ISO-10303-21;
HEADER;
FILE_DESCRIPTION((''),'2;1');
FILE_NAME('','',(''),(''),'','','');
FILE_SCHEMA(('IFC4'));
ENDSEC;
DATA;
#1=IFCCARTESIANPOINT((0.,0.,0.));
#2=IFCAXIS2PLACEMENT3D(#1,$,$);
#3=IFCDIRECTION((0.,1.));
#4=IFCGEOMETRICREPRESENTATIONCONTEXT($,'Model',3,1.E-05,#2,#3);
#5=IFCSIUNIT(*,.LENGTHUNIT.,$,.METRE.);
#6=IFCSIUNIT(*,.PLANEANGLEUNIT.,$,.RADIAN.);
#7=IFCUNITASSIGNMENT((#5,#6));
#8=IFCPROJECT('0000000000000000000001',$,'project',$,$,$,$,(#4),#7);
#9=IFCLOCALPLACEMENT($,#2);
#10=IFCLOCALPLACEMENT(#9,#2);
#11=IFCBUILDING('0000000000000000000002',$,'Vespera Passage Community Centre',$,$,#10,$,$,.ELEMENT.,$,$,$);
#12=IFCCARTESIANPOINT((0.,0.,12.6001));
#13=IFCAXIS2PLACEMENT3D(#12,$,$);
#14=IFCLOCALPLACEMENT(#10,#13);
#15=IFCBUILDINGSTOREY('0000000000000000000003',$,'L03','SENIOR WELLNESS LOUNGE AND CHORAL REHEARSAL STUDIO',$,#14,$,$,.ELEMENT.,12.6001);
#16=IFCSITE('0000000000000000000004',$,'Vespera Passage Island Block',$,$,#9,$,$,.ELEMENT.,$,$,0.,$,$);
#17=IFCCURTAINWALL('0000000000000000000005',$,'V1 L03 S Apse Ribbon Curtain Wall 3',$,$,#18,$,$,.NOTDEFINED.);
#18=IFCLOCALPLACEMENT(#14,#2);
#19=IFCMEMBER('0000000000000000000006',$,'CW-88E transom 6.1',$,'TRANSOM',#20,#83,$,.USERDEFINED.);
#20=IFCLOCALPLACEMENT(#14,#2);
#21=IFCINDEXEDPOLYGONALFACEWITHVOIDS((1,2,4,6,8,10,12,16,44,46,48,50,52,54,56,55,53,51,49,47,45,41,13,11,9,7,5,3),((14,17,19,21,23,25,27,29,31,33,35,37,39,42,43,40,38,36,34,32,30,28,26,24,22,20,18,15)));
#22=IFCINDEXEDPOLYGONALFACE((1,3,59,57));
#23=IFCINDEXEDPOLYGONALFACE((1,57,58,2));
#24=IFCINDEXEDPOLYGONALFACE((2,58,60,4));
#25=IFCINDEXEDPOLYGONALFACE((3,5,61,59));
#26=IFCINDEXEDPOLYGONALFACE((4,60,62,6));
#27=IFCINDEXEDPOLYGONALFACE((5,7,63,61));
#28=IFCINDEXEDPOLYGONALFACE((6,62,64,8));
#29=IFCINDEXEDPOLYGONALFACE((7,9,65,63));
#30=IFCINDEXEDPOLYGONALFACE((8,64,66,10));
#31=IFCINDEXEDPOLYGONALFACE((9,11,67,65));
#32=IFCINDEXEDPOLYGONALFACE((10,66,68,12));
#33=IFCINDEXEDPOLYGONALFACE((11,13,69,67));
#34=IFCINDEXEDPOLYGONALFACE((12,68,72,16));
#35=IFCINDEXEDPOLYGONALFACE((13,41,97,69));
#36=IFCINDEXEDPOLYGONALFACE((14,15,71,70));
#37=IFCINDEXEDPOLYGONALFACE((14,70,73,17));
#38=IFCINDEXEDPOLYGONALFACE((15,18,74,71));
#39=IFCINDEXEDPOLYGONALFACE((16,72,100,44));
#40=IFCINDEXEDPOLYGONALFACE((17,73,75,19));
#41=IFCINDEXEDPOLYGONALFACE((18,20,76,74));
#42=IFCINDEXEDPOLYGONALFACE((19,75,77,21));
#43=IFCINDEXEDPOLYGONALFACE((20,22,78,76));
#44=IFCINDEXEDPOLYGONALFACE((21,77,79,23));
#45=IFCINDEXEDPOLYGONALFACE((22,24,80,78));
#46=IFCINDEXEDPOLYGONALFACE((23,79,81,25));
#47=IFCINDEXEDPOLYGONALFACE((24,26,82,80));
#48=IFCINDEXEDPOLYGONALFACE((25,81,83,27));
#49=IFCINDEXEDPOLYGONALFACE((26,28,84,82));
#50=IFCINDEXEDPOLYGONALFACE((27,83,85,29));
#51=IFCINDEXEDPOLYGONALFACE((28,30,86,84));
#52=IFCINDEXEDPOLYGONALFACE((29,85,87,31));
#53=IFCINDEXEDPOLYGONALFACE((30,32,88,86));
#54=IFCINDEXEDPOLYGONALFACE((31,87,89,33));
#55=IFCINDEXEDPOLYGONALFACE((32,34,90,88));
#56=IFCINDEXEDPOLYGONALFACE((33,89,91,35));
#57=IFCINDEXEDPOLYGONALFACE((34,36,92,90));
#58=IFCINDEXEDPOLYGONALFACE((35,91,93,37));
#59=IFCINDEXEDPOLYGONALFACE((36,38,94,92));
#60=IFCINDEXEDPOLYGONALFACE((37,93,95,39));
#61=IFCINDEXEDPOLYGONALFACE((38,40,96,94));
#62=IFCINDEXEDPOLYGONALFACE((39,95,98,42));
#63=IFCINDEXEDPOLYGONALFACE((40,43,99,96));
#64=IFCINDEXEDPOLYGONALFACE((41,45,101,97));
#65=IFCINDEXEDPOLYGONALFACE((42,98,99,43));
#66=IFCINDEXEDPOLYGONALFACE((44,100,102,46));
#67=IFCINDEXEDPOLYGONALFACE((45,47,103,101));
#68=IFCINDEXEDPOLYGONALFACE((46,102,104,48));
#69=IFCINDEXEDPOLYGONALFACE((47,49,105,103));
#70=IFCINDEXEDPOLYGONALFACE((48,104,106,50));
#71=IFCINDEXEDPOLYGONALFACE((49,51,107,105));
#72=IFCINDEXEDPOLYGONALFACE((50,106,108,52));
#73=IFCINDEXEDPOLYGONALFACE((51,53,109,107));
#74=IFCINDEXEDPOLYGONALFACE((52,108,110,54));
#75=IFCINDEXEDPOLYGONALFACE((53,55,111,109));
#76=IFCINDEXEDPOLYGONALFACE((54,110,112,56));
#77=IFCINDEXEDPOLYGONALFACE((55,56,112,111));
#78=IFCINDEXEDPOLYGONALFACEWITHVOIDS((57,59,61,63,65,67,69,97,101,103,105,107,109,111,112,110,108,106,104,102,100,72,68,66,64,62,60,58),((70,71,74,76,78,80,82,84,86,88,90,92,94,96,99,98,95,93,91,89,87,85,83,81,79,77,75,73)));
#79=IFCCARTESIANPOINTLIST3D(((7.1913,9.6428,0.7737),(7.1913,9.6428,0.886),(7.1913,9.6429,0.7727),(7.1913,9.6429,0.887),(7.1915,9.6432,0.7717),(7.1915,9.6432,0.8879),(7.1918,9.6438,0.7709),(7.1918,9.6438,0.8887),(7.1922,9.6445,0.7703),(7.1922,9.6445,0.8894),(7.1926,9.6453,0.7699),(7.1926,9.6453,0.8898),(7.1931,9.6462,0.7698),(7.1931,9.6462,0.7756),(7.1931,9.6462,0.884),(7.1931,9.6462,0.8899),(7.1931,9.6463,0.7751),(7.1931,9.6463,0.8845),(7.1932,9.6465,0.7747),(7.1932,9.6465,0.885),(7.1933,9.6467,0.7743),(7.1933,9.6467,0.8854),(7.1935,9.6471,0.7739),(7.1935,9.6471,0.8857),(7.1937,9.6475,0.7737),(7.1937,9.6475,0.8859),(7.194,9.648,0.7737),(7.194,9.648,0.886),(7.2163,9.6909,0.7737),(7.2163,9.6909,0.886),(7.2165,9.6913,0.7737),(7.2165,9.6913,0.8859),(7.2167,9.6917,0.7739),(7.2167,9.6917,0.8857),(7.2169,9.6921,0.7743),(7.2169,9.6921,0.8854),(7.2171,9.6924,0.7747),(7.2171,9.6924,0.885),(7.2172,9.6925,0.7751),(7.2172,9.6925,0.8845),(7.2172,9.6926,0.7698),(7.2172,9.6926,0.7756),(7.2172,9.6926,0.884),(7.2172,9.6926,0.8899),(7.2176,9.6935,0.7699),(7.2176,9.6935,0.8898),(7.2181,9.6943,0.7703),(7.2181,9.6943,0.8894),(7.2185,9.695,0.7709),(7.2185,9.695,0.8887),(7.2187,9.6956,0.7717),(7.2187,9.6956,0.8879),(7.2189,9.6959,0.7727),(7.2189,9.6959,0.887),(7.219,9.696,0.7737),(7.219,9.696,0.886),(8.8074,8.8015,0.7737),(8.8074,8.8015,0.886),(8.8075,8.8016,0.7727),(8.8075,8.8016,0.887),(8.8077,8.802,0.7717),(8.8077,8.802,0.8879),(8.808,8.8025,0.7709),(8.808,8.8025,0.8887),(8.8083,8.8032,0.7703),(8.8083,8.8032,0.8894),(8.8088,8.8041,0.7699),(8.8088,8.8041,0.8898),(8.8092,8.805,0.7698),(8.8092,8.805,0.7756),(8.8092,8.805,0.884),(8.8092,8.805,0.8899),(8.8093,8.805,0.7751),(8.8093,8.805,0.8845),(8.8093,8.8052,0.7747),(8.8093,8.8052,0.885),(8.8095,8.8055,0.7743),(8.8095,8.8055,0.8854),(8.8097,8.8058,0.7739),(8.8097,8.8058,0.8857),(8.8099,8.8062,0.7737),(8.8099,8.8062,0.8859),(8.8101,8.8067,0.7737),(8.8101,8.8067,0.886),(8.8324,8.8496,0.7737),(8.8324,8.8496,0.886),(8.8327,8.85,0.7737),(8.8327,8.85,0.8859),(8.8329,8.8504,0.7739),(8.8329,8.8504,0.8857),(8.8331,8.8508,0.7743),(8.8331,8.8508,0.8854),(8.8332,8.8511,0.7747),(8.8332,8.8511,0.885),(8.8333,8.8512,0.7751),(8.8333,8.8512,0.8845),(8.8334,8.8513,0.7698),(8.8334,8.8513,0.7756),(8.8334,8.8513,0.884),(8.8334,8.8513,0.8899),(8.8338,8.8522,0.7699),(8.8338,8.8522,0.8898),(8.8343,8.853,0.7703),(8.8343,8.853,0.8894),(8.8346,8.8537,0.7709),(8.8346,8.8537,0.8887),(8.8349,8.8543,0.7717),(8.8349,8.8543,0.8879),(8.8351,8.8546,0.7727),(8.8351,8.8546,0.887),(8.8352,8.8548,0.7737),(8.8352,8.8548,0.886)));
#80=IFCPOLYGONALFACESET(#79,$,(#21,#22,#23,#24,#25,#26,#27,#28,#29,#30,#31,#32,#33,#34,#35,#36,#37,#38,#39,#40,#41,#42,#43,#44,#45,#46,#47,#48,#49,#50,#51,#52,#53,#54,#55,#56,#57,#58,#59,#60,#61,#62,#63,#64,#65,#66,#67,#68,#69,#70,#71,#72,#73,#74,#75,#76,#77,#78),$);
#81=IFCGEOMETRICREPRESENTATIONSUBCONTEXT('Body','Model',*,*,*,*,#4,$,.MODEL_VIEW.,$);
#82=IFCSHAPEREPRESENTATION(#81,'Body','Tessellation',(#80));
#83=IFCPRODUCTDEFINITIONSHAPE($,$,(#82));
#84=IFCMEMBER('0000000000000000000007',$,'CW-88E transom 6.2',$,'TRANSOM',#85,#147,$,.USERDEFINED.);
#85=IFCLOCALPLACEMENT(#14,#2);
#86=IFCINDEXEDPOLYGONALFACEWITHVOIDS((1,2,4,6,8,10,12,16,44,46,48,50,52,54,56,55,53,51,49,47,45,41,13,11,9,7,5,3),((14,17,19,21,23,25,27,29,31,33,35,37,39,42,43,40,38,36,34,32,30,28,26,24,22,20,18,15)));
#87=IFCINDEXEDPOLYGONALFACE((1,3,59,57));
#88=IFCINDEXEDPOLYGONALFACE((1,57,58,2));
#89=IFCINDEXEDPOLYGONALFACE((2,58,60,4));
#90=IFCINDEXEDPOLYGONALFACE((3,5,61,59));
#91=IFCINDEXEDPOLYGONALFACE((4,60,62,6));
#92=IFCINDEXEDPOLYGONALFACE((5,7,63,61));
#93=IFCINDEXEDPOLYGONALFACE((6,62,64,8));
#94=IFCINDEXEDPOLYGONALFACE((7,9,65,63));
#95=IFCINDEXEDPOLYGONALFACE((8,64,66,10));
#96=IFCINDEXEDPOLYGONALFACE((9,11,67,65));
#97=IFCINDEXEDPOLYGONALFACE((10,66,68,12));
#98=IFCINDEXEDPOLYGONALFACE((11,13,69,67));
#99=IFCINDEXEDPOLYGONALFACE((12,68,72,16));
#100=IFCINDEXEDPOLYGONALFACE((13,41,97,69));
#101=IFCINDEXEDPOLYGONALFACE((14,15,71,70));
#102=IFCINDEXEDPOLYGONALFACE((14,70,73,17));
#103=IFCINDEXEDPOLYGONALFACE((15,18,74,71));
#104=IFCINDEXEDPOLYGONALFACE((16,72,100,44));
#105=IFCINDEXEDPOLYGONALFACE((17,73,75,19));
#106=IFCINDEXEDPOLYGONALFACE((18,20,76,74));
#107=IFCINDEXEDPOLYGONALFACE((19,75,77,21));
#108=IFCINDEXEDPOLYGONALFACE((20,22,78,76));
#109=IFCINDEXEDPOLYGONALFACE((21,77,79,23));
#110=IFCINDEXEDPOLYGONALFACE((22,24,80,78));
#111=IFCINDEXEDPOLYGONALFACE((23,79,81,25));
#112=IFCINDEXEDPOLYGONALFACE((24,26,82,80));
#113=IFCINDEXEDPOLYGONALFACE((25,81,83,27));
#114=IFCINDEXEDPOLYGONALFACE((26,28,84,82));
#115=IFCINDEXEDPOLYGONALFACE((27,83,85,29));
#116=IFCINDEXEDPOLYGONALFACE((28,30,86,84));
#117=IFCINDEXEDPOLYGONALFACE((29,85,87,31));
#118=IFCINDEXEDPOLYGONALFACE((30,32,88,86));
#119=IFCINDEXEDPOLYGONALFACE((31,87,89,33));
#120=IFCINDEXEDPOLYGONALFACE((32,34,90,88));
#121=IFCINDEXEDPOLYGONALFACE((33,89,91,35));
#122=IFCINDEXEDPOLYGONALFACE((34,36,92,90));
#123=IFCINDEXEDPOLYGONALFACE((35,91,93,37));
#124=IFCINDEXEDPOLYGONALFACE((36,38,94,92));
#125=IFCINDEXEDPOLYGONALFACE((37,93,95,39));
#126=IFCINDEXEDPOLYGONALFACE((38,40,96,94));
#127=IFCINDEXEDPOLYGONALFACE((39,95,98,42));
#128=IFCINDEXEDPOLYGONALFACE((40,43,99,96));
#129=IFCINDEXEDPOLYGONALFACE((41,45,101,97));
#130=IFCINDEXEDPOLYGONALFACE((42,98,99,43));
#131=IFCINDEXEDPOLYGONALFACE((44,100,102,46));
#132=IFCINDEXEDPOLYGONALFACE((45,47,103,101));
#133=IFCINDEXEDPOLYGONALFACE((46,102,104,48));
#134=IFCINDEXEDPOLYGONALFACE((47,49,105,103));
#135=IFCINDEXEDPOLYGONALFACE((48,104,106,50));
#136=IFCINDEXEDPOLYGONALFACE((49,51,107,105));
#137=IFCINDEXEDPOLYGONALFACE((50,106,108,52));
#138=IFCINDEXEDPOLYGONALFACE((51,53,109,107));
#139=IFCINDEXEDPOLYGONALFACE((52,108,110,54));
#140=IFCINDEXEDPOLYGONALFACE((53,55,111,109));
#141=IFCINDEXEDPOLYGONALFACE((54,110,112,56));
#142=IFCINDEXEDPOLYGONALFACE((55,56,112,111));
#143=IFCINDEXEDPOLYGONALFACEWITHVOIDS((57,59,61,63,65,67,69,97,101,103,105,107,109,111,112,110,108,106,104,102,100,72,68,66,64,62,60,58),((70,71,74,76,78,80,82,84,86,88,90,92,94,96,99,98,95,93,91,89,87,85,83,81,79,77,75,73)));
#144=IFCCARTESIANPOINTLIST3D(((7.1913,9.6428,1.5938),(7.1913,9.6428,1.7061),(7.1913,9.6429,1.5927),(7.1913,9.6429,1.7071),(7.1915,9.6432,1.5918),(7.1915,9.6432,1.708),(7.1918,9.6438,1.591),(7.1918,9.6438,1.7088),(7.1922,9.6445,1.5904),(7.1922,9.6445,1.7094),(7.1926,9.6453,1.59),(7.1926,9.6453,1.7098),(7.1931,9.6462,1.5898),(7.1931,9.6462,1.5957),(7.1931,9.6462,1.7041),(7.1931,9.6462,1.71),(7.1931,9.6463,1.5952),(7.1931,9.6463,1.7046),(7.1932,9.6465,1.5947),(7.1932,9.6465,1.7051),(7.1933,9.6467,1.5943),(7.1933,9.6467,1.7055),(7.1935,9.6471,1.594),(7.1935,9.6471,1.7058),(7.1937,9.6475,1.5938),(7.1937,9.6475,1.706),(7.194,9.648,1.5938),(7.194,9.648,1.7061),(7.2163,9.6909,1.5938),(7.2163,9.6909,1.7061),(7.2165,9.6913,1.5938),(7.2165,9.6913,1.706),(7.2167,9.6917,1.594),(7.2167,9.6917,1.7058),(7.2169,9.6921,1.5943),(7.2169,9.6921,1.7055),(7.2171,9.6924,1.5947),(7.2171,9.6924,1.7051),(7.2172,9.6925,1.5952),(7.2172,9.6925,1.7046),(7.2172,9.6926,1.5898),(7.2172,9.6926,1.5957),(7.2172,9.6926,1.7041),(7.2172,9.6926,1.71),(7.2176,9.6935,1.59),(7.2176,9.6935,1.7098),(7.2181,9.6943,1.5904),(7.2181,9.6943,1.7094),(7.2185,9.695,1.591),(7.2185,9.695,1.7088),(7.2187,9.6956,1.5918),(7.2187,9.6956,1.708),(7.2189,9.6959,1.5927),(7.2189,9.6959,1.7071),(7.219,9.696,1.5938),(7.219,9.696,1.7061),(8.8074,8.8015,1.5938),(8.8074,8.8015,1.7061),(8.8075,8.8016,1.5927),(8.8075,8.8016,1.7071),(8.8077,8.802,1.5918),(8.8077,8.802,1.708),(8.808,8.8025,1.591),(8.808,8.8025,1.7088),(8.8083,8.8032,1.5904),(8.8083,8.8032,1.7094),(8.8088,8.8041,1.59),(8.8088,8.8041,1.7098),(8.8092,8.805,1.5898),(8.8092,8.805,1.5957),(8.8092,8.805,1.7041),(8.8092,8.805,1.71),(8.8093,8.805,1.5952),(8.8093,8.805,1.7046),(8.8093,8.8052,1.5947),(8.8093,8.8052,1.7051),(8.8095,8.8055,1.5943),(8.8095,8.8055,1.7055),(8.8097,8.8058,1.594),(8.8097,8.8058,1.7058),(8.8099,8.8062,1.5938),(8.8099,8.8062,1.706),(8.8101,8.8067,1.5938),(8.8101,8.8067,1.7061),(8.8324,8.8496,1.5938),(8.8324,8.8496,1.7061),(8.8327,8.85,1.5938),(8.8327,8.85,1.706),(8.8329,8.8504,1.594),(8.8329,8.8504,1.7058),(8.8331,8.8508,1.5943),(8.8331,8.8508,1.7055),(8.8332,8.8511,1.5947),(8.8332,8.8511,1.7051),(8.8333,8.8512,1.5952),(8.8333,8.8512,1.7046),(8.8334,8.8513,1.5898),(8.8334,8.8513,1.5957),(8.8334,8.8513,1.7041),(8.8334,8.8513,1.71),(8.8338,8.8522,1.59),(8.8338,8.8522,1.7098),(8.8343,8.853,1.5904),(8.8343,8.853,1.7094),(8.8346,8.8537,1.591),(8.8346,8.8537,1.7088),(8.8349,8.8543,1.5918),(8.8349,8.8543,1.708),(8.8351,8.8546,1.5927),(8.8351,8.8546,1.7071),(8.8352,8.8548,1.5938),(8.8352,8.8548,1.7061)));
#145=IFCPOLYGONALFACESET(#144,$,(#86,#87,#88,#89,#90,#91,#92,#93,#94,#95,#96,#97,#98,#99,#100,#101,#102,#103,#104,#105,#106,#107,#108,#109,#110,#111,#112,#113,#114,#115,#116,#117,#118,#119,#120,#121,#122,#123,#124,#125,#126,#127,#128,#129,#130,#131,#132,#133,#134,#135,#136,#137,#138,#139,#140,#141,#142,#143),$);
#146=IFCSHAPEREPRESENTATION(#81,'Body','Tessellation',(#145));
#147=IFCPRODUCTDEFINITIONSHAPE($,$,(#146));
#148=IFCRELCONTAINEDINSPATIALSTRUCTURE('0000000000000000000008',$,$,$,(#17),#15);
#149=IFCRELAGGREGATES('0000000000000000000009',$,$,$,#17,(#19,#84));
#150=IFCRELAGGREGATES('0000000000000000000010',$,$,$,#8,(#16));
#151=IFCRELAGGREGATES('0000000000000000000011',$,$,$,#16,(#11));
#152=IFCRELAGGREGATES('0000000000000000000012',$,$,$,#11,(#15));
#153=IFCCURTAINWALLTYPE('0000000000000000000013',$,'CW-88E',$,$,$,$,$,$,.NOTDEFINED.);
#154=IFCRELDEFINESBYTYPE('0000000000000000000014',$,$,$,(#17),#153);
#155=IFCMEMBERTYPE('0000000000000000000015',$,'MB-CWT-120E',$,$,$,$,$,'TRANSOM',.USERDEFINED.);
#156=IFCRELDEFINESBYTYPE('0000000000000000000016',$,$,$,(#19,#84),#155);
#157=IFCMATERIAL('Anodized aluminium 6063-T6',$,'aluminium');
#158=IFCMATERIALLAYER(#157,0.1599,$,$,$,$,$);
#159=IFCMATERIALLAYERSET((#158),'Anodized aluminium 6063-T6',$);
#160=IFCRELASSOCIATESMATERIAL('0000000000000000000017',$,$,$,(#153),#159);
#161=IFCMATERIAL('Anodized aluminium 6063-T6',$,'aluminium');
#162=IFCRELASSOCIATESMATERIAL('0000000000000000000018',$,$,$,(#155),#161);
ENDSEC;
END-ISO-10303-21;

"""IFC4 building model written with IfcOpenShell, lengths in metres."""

from ifc_helpers import new_model, si_unit, direction, frame, origin, origin_2d, place, context, subcontext, project, spatial, hollow_rectangle, extrude, material, layer, layer_set, material_profile, profile_set, type_object, element, aggregate, save


model = new_model("IFC4")

# Units and contexts
model_context = context("Model", 3, precision=1e-05, world=origin(), true_north=direction((0.0, 1.0)))
body_context = subcontext(model_context, "Body", "Model", "MODEL_VIEW")
ifc_project = project(units=[si_unit("LENGTHUNIT", "METRE"), si_unit("PLANEANGLEUNIT", "RADIAN")], contexts=[model_context])

# Site, building, storey
site_placement = place(None, origin())
site = spatial("IfcSite", under=ifc_project, at=site_placement, Name="Vespera Passage Island Block", CompositionType="ELEMENT", RefElevation=0.0)
building_placement = place(site_placement, origin())
building = spatial("IfcBuilding", under=site, at=building_placement, Name="Vespera Passage Community Centre", CompositionType="ELEMENT")
storey_placement = place(building_placement, frame((0.0, 0.0, 12.6001)))
storey = spatial("IfcBuildingStorey", under=building, at=storey_placement, Name="L03", Description="SENIOR WELLNESS LOUNGE AND CHORAL REHEARSAL STUDIO", CompositionType="ELEMENT", Elevation=12.6001)

# Curtain wall, members
ifc_material_1 = material(Name="Anodized aluminium 6063-T6", Category="aluminium")
ifc_layer_1 = layer(ifc_material_1, 0.1599)
ifc_layer_set_1 = layer_set([ifc_layer_1], Name="Anodized aluminium 6063-T6")
curtain_wall_type = type_object("IfcCurtainWallType", Name="CW-88E", PredefinedType="NOTDEFINED", material=ifc_layer_set_1)
curtain_wall_placement = place(storey_placement, origin())
curtain_wall = element("IfcCurtainWall", 1, at=curtain_wall_placement, inside=storey, type_object=curtain_wall_type, Name="V1 L03 S Apse Ribbon Curtain Wall 3", PredefinedType="NOTDEFINED")
ifc_material_2 = material(Name="Anodized aluminium 6063-T6", Category="aluminium")
ifc_material_profile_1 = material_profile(ifc_material_2, hollow_rectangle(XDim=0.0601, YDim=0.1201, WallThickness=0.0039, InnerFilletRadius=0.002, OuterFilletRadius=0.0039, at=origin_2d()), Name="ALU120X60X4")
ifc_profile_set_1 = profile_set([ifc_material_profile_1], Name="Anodized aluminium 6063-T6")
member_type_1 = type_object("IfcMemberType", Name="MB-CWT-120E", ElementType="TRANSOM", PredefinedType="USERDEFINED", material=ifc_profile_set_1)
member_1_placement = place(storey_placement, frame((8.8213, 8.8281, 0.8298), z_axis=(-0.887019, 0.461732, 0.0), x_axis=(-0.461732, -0.887019, 0.0)))
member_1 = element("IfcMember", 2, at=member_1_placement, type_object=member_type_1, Name="CW-88E transom 6.1", ObjectType="TRANSOM", PredefinedType="USERDEFINED", context=body_context, shape_type="SweptSolid", body=[
    extrude(hollow_rectangle(XDim=0.0601, YDim=0.1201, WallThickness=0.0039, InnerFilletRadius=0.002, OuterFilletRadius=0.0039, at=origin_2d()), origin(), (0.0, 0.0, 1.0), 1.822),
])
member_2_placement = place(storey_placement, frame((8.8213, 8.8281, 1.6499), z_axis=(-0.887019, 0.461732, 0.0), x_axis=(-0.461732, -0.887019, 0.0)))
member_2 = element("IfcMember", 3, at=member_2_placement, type_object=member_type_1, Name="CW-88E transom 6.2", ObjectType="TRANSOM", PredefinedType="USERDEFINED", context=body_context, shape_type="SweptSolid", body=[
    extrude(hollow_rectangle(XDim=0.0601, YDim=0.1201, WallThickness=0.0039, InnerFilletRadius=0.002, OuterFilletRadius=0.0039, at=origin_2d()), origin(), (0.0, 0.0, 1.0), 1.822),
])
aggregate(curtain_wall, [member_1, member_2])

save(model, "model.ifc")
